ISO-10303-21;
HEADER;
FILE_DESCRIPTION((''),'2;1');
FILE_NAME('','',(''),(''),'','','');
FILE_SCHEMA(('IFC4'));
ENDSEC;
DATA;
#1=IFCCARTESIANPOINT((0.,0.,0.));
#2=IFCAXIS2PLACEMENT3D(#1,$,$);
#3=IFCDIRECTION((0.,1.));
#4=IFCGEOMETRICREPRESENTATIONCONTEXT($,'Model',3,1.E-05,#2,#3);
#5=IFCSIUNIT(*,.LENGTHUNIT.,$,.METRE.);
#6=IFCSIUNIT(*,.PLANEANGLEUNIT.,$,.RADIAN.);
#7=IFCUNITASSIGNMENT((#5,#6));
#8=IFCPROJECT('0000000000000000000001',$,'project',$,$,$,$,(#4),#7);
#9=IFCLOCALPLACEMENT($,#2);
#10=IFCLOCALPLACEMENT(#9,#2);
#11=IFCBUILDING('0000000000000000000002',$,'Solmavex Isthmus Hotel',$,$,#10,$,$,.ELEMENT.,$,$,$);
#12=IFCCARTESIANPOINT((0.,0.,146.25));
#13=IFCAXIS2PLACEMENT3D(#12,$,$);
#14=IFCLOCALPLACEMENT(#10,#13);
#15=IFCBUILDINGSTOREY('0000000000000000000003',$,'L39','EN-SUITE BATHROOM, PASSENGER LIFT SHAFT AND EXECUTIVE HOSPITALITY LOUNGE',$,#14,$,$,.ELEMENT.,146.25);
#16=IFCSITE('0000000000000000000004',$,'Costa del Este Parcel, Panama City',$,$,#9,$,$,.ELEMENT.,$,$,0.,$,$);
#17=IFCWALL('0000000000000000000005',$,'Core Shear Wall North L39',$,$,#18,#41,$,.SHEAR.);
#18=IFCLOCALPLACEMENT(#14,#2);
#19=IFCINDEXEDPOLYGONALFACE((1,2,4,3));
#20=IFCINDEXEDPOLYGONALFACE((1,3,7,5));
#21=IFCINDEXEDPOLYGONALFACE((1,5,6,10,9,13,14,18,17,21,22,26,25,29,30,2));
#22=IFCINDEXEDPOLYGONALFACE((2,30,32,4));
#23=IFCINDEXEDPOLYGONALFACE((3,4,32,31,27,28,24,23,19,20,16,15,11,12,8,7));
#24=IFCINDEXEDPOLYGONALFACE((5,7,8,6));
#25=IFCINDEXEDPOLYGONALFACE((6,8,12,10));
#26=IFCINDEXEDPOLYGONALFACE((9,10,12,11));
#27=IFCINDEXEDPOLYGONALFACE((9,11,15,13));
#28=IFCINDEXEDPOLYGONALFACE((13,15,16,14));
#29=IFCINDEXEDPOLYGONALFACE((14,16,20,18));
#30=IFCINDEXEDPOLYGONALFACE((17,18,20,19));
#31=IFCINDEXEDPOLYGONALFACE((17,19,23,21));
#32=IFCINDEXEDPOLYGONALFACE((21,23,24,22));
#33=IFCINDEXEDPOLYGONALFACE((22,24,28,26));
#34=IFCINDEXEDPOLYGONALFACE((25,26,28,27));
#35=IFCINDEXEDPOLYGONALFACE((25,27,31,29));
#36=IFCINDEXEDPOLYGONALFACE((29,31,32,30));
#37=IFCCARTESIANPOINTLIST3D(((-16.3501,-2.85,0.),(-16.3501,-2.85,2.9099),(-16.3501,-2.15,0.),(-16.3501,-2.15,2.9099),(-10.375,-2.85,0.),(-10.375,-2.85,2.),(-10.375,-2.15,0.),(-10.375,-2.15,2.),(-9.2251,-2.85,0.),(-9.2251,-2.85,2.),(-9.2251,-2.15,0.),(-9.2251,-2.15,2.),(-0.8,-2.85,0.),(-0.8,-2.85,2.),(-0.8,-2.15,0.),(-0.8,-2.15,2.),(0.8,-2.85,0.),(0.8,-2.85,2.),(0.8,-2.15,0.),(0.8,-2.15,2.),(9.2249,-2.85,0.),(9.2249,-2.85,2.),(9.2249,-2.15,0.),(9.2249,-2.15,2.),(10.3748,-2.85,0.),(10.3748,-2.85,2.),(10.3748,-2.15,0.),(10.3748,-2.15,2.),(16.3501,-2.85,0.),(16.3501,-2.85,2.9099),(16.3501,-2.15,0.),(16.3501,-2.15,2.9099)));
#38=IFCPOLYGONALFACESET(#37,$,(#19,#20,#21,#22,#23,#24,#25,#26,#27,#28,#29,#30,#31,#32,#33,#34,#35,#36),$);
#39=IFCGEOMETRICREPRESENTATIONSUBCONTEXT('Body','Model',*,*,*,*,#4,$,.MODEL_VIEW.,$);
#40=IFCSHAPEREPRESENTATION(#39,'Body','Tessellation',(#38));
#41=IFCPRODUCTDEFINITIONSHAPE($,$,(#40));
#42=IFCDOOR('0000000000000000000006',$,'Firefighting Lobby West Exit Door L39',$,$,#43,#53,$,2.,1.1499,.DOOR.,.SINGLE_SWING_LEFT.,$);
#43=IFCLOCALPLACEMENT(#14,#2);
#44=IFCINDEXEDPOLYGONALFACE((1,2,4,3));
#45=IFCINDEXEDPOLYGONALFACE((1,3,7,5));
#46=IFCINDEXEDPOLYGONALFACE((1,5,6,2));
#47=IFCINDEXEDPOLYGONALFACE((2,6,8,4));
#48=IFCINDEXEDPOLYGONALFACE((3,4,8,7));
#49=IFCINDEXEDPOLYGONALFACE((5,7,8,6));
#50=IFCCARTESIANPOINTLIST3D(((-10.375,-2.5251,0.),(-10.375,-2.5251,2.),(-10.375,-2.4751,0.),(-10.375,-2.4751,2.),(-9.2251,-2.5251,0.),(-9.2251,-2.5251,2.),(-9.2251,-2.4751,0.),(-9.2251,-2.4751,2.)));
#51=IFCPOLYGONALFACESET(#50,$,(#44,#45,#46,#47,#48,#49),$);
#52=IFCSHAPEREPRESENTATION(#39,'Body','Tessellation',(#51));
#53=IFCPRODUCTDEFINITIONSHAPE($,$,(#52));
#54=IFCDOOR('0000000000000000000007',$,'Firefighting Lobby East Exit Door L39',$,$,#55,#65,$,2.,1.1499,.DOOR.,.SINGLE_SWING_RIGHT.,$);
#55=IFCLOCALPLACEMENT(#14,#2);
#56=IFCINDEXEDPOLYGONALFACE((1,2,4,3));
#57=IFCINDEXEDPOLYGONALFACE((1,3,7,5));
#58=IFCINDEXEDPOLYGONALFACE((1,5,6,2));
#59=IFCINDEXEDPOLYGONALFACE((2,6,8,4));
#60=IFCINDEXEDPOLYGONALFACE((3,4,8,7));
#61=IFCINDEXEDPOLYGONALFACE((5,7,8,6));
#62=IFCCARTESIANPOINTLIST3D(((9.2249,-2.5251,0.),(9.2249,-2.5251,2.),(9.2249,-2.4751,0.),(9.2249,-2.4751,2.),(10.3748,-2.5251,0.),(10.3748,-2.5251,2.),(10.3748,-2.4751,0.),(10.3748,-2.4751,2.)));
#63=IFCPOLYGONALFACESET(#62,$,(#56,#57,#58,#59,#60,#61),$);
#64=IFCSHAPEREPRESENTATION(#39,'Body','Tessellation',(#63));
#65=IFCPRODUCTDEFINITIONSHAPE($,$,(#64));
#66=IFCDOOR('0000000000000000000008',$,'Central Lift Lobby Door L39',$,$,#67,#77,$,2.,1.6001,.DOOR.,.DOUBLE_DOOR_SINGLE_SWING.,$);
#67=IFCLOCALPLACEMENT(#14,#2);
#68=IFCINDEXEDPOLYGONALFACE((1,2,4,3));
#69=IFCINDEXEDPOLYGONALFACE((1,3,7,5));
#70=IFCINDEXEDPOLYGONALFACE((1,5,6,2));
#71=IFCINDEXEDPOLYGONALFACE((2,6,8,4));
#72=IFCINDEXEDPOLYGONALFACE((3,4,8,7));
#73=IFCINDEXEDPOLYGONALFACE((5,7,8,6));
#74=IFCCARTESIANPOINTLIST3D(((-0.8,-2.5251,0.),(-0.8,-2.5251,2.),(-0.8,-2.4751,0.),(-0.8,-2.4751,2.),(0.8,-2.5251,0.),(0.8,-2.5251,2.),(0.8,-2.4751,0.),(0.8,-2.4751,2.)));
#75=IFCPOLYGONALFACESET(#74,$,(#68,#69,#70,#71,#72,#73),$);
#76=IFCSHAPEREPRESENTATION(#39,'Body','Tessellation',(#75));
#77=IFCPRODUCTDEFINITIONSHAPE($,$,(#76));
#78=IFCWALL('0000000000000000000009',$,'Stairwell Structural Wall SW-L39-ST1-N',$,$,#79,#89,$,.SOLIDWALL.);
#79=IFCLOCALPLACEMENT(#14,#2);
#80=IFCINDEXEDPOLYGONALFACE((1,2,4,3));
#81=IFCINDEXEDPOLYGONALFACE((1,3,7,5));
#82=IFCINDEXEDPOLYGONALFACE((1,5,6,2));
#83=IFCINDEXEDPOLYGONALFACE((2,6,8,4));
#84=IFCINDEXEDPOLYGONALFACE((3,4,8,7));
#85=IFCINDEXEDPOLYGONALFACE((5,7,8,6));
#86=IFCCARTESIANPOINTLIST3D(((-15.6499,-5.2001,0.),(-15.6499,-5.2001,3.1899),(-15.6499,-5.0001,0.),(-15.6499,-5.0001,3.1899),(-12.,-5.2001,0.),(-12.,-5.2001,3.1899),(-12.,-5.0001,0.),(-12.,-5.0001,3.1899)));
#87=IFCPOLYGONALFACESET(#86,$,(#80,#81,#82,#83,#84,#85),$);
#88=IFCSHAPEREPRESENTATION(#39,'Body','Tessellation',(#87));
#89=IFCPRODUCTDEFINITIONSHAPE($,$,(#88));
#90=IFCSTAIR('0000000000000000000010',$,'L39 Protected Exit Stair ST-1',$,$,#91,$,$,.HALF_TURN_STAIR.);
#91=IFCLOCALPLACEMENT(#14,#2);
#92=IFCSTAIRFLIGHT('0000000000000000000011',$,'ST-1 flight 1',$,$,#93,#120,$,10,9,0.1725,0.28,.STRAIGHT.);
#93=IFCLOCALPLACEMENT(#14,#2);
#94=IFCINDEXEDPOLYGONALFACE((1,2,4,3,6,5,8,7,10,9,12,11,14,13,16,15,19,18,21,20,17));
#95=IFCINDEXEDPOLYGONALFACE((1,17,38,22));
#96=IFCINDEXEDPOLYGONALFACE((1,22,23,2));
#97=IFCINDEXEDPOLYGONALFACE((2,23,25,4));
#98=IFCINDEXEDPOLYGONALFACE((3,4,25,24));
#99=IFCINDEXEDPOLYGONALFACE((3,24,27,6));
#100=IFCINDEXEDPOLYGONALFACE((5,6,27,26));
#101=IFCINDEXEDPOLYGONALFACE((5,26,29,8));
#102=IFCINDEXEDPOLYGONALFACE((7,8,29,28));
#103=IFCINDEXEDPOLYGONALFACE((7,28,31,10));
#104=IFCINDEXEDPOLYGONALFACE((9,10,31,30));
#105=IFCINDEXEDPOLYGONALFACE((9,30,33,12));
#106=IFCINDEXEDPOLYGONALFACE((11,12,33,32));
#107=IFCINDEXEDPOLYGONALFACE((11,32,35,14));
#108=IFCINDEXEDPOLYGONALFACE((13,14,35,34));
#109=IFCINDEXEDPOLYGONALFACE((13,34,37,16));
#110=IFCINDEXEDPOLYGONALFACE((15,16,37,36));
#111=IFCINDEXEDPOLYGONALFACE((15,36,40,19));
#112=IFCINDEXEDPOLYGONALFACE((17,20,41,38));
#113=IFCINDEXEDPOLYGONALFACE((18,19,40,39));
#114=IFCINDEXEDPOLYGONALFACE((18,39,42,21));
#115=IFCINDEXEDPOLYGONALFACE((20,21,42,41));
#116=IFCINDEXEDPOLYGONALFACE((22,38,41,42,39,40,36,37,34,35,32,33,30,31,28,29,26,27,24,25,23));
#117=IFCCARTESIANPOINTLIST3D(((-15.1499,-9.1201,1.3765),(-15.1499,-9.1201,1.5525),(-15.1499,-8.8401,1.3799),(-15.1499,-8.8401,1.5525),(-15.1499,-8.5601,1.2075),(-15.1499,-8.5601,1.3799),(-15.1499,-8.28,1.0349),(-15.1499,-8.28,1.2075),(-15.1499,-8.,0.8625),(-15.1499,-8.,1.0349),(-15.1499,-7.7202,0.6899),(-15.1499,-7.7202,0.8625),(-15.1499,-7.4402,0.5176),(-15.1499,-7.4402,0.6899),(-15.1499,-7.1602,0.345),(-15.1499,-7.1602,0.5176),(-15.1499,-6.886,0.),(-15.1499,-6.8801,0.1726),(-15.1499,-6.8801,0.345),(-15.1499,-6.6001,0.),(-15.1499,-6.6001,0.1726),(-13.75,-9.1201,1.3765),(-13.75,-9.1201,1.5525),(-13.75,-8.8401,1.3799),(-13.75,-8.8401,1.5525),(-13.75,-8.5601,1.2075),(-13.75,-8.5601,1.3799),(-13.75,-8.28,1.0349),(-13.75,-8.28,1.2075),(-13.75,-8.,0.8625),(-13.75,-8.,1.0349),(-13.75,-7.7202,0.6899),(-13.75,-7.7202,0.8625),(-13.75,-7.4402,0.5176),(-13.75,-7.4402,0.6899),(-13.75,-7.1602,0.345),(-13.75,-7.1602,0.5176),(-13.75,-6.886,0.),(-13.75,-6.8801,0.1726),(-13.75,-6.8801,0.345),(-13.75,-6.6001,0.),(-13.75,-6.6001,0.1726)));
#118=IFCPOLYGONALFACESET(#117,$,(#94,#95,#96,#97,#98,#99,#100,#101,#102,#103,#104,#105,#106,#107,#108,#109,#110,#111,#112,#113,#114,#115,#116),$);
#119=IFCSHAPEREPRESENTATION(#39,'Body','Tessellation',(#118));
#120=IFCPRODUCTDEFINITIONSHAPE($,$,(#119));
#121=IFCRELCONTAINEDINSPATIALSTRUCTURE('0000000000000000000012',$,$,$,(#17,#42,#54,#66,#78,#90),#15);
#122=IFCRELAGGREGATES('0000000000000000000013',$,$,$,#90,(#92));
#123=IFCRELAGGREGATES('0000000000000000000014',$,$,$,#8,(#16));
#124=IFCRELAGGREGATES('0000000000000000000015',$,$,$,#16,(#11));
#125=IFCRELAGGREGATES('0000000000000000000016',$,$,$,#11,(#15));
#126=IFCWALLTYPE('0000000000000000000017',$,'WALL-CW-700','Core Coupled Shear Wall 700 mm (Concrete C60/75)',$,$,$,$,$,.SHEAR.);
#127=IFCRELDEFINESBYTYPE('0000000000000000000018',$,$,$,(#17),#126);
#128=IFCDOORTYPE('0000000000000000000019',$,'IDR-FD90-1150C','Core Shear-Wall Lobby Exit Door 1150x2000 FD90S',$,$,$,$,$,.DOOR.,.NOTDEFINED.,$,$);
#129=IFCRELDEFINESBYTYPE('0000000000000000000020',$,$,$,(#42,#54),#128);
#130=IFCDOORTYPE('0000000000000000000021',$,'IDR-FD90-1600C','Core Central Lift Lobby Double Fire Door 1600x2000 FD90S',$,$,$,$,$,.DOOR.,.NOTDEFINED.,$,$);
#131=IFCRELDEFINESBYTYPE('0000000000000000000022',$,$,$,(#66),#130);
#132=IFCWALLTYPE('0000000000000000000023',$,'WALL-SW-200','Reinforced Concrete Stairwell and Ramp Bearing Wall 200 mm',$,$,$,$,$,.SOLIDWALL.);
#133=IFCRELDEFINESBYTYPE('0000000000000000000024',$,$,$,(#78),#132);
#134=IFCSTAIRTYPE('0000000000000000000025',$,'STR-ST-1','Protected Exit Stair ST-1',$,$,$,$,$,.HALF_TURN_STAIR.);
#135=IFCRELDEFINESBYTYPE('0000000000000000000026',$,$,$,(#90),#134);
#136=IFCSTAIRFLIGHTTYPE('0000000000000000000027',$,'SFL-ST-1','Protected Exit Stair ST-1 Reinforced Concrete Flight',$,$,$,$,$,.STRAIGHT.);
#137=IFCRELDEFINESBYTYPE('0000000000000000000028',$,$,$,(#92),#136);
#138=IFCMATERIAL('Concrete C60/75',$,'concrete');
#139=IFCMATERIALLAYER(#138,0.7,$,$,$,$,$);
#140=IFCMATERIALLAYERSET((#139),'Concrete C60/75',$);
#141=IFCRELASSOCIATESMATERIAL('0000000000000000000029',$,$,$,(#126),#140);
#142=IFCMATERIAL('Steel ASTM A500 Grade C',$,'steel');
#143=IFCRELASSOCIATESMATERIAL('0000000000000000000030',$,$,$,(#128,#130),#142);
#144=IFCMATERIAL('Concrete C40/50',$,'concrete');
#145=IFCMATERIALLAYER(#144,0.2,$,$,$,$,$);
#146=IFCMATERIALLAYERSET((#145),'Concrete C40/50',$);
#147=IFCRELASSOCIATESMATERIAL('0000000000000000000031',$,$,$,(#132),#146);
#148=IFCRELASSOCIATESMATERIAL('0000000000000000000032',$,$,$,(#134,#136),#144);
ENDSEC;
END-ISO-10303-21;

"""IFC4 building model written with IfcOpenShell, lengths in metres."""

from ifc_helpers import new_model, si_unit, direction, frame, frame_2d, origin, place, context, subcontext, project, spatial, polyline, rectangle, outline, extrude, material, layer, layer_set, type_object, element, fill, aggregate, save


model = new_model("IFC4")

# Units and contexts
model_context = context("Model", 3, precision=1e-05, world=origin(), true_north=direction((0.0, 1.0)))
body_context = subcontext(model_context, "Body", "Model", "MODEL_VIEW")
ifc_project = project(units=[si_unit("LENGTHUNIT", "METRE"), si_unit("PLANEANGLEUNIT", "RADIAN")], contexts=[model_context])

# Site, building, storey
site_placement = place(None, origin())
site = spatial("IfcSite", under=ifc_project, at=site_placement, Name="Costa del Este Parcel, Panama City", CompositionType="ELEMENT", RefElevation=0.0)
building_placement = place(site_placement, origin())
building = spatial("IfcBuilding", under=site, at=building_placement, Name="Solmavex Isthmus Hotel", CompositionType="ELEMENT")
storey_placement = place(building_placement, frame((0.0, 0.0, 146.25)))
storey = spatial("IfcBuildingStorey", under=building, at=storey_placement, Name="L39", Description="EN-SUITE BATHROOM, PASSENGER LIFT SHAFT AND EXECUTIVE HOSPITALITY LOUNGE", CompositionType="ELEMENT", Elevation=146.25)

# Shared definitions
ifc_material_1 = material(Name="Concrete C60/75", Category="concrete")

# Wall, openings, doors
ifc_layer_1 = layer(ifc_material_1, 0.7)
ifc_layer_set_1 = layer_set([ifc_layer_1], Name="Concrete C60/75")
wall_type_1 = type_object("IfcWallType", Name="WALL-CW-700", Description="Core Coupled Shear Wall 700 mm (Concrete C60/75)", PredefinedType="SHEAR", material=ifc_layer_set_1)
wall_1_placement = place(storey_placement, frame((-16.3501, -2.5, 0.0), z_axis=(0.0, 0.0, 1.0), x_axis=(1.0, 0.0, 0.0)))
wall_1 = element("IfcWall", 1, at=wall_1_placement, inside=storey, type_object=wall_type_1, Name="Core Shear Wall North L39", PredefinedType="SHEAR", context=body_context, shape_type="SweptSolid", body=[
    extrude(rectangle(XDim=32.7002, YDim=0.7, at=frame_2d((16.3501, 0.0))), origin(), (0.0, 0.0, 1.0), 2.9099),
])
opening_1_placement = place(wall_1_placement, frame((5.9751, 0.0, 0.0)))
opening_1 = element("IfcOpeningElement", 2, at=opening_1_placement, cuts=wall_1, PredefinedType="OPENING", context=body_context, shape_type="SweptSolid", body=[
    extrude(rectangle(XDim=1.1499, YDim=2.0, at=frame_2d((0.575, 1.0))), frame((0.0, 0.3599, 0.0), z_axis=(0.0, -1.0, 0.0), x_axis=(1.0, 0.0, 0.0)), (0.0, 0.0, 1.0), 0.72),
])
opening_2_placement = place(wall_1_placement, frame((15.55, 0.0, 0.0)))
opening_2 = element("IfcOpeningElement", 3, at=opening_2_placement, cuts=wall_1, PredefinedType="OPENING", context=body_context, shape_type="SweptSolid", body=[
    extrude(rectangle(XDim=1.6001, YDim=2.0, at=frame_2d((0.8, 1.0))), frame((0.0, 0.3599, 0.0), z_axis=(0.0, -1.0, 0.0), x_axis=(1.0, 0.0, 0.0)), (0.0, 0.0, 1.0), 0.72),
])
opening_3_placement = place(wall_1_placement, frame((25.575, 0.0, 0.0)))
opening_3 = element("IfcOpeningElement", 4, at=opening_3_placement, cuts=wall_1, PredefinedType="OPENING", context=body_context, shape_type="SweptSolid", body=[
    extrude(rectangle(XDim=1.1499, YDim=2.0, at=frame_2d((0.575, 1.0))), frame((0.0, 0.3599, 0.0), z_axis=(0.0, -1.0, 0.0), x_axis=(1.0, 0.0, 0.0)), (0.0, 0.0, 1.0), 0.72),
])
ifc_material_2 = material(Name="Steel ASTM A500 Grade C", Category="steel")
door_type_1 = type_object("IfcDoorType", Name="IDR-FD90-1150C", Description="Core Shear-Wall Lobby Exit Door 1150x2000 FD90S", OperationType="NOTDEFINED", PredefinedType="DOOR", material=ifc_material_2)
door_1_placement = place(opening_1_placement, origin())
door_1 = element("IfcDoor", 5, at=door_1_placement, inside=storey, type_object=door_type_1, Name="Firefighting Lobby West Exit Door L39", OperationType="SINGLE_SWING_LEFT", OverallHeight=2.0, OverallWidth=1.1499, PredefinedType="DOOR", context=body_context, shape_type="SweptSolid", body=[
    extrude(rectangle(XDim=1.1499, YDim=2.0, at=frame_2d((0.575, 1.0))), frame((0.0, 0.0249, 0.0), z_axis=(0.0, -1.0, 0.0), x_axis=(1.0, 0.0, 0.0)), (0.0, 0.0, 1.0), 0.05),
])
fill(opening_1, door_1)
door_2_placement = place(opening_3_placement, origin())
door_2 = element("IfcDoor", 6, at=door_2_placement, inside=storey, type_object=door_type_1, Name="Firefighting Lobby East Exit Door L39", OperationType="SINGLE_SWING_RIGHT", OverallHeight=2.0, OverallWidth=1.1499, PredefinedType="DOOR", context=body_context, shape_type="SweptSolid", body=[
    extrude(rectangle(XDim=1.1499, YDim=2.0, at=frame_2d((0.575, 1.0))), frame((0.0, 0.0249, 0.0), z_axis=(0.0, -1.0, 0.0), x_axis=(1.0, 0.0, 0.0)), (0.0, 0.0, 1.0), 0.05),
])
fill(opening_3, door_2)
door_type_2 = type_object("IfcDoorType", Name="IDR-FD90-1600C", Description="Core Central Lift Lobby Double Fire Door 1600x2000 FD90S", OperationType="NOTDEFINED", PredefinedType="DOOR", material=ifc_material_2)
door_3_placement = place(opening_2_placement, origin())
door_3 = element("IfcDoor", 7, at=door_3_placement, inside=storey, type_object=door_type_2, Name="Central Lift Lobby Door L39", OperationType="DOUBLE_DOOR_SINGLE_SWING", OverallHeight=2.0, OverallWidth=1.6001, PredefinedType="DOOR", context=body_context, shape_type="SweptSolid", body=[
    extrude(rectangle(XDim=1.6001, YDim=2.0, at=frame_2d((0.8, 1.0))), frame((0.0, 0.0249, 0.0), z_axis=(0.0, -1.0, 0.0), x_axis=(1.0, 0.0, 0.0)), (0.0, 0.0, 1.0), 0.05),
])
fill(opening_2, door_3)

# Wall
ifc_material_3 = material(Name="Concrete C40/50", Category="concrete")
ifc_layer_2 = layer(ifc_material_3, 0.2)
ifc_layer_set_2 = layer_set([ifc_layer_2], Name="Concrete C40/50")
wall_type_2 = type_object("IfcWallType", Name="WALL-SW-200", Description="Reinforced Concrete Stairwell and Ramp Bearing Wall 200 mm", PredefinedType="SOLIDWALL", material=ifc_layer_set_2)
wall_2_placement = place(storey_placement, frame((-15.6499, -5.1001, 0.0), z_axis=(0.0, 0.0, 1.0), x_axis=(1.0, 0.0, 0.0)))
element("IfcWall", 8, at=wall_2_placement, inside=storey, type_object=wall_type_2, Name="Stairwell Structural Wall SW-L39-ST1-N", PredefinedType="SOLIDWALL", context=body_context, shape_type="SweptSolid", body=[
    extrude(rectangle(XDim=3.6499, YDim=0.2, at=frame_2d((1.825, 0.0))), origin(), (0.0, 0.0, 1.0), 3.1899),
])

# Stair, stair flight
stair_type = type_object("IfcStairType", Name="STR-ST-1", Description="Protected Exit Stair ST-1", PredefinedType="HALF_TURN_STAIR", material=ifc_material_3)
stair_placement = place(storey_placement, origin())
stair = element("IfcStair", 9, at=stair_placement, inside=storey, type_object=stair_type, Name="L39 Protected Exit Stair ST-1", PredefinedType="HALF_TURN_STAIR")
stair_flight_type = type_object("IfcStairFlightType", Name="SFL-ST-1", Description="Protected Exit Stair ST-1 Reinforced Concrete Flight", PredefinedType="STRAIGHT", material=ifc_material_3)
stair_flight_placement = place(storey_placement, frame((-14.45, -6.6001, 0.0), z_axis=(0.0, 0.0, 1.0), x_axis=(0.0, -1.0, 0.0)))
stair_flight = element("IfcStairFlight", 10, at=stair_flight_placement, type_object=stair_flight_type, Name="ST-1 flight 1", NumberOfRisers=10, NumberOfTreads=9, PredefinedType="STRAIGHT", RiserHeight=0.1725, TreadLength=0.28, context=body_context, shape_type="SweptSolid", body=[
    extrude(outline(polyline([(0.0, 0.0), (0.0, 0.1726), (0.28, 0.1726), (0.28, 0.345), (0.5601, 0.345), (0.5601, 0.5176), (0.8401, 0.5176), (0.8401, 0.6899), (1.1201, 0.6899), (1.1201, 0.8625), (1.3999, 0.8625), (1.3999, 1.0349), (1.6799, 1.0349), (1.6799, 1.2075), (1.96, 1.2075), (1.96, 1.3799), (2.24, 1.3799), (2.24, 1.5525), (2.52, 1.5525), (2.52, 1.7251), (2.52, 1.3765), (0.2859, 0.0), (0.0, 0.0)])), frame((0.0, 0.7, 0.0), z_axis=(0.0, -1.0, 0.0), x_axis=(1.0, 0.0, 0.0)), (0.0, 0.0, 1.0), 1.3999),
])
aggregate(stair, [stair_flight])

save(model, "model.ifc")
